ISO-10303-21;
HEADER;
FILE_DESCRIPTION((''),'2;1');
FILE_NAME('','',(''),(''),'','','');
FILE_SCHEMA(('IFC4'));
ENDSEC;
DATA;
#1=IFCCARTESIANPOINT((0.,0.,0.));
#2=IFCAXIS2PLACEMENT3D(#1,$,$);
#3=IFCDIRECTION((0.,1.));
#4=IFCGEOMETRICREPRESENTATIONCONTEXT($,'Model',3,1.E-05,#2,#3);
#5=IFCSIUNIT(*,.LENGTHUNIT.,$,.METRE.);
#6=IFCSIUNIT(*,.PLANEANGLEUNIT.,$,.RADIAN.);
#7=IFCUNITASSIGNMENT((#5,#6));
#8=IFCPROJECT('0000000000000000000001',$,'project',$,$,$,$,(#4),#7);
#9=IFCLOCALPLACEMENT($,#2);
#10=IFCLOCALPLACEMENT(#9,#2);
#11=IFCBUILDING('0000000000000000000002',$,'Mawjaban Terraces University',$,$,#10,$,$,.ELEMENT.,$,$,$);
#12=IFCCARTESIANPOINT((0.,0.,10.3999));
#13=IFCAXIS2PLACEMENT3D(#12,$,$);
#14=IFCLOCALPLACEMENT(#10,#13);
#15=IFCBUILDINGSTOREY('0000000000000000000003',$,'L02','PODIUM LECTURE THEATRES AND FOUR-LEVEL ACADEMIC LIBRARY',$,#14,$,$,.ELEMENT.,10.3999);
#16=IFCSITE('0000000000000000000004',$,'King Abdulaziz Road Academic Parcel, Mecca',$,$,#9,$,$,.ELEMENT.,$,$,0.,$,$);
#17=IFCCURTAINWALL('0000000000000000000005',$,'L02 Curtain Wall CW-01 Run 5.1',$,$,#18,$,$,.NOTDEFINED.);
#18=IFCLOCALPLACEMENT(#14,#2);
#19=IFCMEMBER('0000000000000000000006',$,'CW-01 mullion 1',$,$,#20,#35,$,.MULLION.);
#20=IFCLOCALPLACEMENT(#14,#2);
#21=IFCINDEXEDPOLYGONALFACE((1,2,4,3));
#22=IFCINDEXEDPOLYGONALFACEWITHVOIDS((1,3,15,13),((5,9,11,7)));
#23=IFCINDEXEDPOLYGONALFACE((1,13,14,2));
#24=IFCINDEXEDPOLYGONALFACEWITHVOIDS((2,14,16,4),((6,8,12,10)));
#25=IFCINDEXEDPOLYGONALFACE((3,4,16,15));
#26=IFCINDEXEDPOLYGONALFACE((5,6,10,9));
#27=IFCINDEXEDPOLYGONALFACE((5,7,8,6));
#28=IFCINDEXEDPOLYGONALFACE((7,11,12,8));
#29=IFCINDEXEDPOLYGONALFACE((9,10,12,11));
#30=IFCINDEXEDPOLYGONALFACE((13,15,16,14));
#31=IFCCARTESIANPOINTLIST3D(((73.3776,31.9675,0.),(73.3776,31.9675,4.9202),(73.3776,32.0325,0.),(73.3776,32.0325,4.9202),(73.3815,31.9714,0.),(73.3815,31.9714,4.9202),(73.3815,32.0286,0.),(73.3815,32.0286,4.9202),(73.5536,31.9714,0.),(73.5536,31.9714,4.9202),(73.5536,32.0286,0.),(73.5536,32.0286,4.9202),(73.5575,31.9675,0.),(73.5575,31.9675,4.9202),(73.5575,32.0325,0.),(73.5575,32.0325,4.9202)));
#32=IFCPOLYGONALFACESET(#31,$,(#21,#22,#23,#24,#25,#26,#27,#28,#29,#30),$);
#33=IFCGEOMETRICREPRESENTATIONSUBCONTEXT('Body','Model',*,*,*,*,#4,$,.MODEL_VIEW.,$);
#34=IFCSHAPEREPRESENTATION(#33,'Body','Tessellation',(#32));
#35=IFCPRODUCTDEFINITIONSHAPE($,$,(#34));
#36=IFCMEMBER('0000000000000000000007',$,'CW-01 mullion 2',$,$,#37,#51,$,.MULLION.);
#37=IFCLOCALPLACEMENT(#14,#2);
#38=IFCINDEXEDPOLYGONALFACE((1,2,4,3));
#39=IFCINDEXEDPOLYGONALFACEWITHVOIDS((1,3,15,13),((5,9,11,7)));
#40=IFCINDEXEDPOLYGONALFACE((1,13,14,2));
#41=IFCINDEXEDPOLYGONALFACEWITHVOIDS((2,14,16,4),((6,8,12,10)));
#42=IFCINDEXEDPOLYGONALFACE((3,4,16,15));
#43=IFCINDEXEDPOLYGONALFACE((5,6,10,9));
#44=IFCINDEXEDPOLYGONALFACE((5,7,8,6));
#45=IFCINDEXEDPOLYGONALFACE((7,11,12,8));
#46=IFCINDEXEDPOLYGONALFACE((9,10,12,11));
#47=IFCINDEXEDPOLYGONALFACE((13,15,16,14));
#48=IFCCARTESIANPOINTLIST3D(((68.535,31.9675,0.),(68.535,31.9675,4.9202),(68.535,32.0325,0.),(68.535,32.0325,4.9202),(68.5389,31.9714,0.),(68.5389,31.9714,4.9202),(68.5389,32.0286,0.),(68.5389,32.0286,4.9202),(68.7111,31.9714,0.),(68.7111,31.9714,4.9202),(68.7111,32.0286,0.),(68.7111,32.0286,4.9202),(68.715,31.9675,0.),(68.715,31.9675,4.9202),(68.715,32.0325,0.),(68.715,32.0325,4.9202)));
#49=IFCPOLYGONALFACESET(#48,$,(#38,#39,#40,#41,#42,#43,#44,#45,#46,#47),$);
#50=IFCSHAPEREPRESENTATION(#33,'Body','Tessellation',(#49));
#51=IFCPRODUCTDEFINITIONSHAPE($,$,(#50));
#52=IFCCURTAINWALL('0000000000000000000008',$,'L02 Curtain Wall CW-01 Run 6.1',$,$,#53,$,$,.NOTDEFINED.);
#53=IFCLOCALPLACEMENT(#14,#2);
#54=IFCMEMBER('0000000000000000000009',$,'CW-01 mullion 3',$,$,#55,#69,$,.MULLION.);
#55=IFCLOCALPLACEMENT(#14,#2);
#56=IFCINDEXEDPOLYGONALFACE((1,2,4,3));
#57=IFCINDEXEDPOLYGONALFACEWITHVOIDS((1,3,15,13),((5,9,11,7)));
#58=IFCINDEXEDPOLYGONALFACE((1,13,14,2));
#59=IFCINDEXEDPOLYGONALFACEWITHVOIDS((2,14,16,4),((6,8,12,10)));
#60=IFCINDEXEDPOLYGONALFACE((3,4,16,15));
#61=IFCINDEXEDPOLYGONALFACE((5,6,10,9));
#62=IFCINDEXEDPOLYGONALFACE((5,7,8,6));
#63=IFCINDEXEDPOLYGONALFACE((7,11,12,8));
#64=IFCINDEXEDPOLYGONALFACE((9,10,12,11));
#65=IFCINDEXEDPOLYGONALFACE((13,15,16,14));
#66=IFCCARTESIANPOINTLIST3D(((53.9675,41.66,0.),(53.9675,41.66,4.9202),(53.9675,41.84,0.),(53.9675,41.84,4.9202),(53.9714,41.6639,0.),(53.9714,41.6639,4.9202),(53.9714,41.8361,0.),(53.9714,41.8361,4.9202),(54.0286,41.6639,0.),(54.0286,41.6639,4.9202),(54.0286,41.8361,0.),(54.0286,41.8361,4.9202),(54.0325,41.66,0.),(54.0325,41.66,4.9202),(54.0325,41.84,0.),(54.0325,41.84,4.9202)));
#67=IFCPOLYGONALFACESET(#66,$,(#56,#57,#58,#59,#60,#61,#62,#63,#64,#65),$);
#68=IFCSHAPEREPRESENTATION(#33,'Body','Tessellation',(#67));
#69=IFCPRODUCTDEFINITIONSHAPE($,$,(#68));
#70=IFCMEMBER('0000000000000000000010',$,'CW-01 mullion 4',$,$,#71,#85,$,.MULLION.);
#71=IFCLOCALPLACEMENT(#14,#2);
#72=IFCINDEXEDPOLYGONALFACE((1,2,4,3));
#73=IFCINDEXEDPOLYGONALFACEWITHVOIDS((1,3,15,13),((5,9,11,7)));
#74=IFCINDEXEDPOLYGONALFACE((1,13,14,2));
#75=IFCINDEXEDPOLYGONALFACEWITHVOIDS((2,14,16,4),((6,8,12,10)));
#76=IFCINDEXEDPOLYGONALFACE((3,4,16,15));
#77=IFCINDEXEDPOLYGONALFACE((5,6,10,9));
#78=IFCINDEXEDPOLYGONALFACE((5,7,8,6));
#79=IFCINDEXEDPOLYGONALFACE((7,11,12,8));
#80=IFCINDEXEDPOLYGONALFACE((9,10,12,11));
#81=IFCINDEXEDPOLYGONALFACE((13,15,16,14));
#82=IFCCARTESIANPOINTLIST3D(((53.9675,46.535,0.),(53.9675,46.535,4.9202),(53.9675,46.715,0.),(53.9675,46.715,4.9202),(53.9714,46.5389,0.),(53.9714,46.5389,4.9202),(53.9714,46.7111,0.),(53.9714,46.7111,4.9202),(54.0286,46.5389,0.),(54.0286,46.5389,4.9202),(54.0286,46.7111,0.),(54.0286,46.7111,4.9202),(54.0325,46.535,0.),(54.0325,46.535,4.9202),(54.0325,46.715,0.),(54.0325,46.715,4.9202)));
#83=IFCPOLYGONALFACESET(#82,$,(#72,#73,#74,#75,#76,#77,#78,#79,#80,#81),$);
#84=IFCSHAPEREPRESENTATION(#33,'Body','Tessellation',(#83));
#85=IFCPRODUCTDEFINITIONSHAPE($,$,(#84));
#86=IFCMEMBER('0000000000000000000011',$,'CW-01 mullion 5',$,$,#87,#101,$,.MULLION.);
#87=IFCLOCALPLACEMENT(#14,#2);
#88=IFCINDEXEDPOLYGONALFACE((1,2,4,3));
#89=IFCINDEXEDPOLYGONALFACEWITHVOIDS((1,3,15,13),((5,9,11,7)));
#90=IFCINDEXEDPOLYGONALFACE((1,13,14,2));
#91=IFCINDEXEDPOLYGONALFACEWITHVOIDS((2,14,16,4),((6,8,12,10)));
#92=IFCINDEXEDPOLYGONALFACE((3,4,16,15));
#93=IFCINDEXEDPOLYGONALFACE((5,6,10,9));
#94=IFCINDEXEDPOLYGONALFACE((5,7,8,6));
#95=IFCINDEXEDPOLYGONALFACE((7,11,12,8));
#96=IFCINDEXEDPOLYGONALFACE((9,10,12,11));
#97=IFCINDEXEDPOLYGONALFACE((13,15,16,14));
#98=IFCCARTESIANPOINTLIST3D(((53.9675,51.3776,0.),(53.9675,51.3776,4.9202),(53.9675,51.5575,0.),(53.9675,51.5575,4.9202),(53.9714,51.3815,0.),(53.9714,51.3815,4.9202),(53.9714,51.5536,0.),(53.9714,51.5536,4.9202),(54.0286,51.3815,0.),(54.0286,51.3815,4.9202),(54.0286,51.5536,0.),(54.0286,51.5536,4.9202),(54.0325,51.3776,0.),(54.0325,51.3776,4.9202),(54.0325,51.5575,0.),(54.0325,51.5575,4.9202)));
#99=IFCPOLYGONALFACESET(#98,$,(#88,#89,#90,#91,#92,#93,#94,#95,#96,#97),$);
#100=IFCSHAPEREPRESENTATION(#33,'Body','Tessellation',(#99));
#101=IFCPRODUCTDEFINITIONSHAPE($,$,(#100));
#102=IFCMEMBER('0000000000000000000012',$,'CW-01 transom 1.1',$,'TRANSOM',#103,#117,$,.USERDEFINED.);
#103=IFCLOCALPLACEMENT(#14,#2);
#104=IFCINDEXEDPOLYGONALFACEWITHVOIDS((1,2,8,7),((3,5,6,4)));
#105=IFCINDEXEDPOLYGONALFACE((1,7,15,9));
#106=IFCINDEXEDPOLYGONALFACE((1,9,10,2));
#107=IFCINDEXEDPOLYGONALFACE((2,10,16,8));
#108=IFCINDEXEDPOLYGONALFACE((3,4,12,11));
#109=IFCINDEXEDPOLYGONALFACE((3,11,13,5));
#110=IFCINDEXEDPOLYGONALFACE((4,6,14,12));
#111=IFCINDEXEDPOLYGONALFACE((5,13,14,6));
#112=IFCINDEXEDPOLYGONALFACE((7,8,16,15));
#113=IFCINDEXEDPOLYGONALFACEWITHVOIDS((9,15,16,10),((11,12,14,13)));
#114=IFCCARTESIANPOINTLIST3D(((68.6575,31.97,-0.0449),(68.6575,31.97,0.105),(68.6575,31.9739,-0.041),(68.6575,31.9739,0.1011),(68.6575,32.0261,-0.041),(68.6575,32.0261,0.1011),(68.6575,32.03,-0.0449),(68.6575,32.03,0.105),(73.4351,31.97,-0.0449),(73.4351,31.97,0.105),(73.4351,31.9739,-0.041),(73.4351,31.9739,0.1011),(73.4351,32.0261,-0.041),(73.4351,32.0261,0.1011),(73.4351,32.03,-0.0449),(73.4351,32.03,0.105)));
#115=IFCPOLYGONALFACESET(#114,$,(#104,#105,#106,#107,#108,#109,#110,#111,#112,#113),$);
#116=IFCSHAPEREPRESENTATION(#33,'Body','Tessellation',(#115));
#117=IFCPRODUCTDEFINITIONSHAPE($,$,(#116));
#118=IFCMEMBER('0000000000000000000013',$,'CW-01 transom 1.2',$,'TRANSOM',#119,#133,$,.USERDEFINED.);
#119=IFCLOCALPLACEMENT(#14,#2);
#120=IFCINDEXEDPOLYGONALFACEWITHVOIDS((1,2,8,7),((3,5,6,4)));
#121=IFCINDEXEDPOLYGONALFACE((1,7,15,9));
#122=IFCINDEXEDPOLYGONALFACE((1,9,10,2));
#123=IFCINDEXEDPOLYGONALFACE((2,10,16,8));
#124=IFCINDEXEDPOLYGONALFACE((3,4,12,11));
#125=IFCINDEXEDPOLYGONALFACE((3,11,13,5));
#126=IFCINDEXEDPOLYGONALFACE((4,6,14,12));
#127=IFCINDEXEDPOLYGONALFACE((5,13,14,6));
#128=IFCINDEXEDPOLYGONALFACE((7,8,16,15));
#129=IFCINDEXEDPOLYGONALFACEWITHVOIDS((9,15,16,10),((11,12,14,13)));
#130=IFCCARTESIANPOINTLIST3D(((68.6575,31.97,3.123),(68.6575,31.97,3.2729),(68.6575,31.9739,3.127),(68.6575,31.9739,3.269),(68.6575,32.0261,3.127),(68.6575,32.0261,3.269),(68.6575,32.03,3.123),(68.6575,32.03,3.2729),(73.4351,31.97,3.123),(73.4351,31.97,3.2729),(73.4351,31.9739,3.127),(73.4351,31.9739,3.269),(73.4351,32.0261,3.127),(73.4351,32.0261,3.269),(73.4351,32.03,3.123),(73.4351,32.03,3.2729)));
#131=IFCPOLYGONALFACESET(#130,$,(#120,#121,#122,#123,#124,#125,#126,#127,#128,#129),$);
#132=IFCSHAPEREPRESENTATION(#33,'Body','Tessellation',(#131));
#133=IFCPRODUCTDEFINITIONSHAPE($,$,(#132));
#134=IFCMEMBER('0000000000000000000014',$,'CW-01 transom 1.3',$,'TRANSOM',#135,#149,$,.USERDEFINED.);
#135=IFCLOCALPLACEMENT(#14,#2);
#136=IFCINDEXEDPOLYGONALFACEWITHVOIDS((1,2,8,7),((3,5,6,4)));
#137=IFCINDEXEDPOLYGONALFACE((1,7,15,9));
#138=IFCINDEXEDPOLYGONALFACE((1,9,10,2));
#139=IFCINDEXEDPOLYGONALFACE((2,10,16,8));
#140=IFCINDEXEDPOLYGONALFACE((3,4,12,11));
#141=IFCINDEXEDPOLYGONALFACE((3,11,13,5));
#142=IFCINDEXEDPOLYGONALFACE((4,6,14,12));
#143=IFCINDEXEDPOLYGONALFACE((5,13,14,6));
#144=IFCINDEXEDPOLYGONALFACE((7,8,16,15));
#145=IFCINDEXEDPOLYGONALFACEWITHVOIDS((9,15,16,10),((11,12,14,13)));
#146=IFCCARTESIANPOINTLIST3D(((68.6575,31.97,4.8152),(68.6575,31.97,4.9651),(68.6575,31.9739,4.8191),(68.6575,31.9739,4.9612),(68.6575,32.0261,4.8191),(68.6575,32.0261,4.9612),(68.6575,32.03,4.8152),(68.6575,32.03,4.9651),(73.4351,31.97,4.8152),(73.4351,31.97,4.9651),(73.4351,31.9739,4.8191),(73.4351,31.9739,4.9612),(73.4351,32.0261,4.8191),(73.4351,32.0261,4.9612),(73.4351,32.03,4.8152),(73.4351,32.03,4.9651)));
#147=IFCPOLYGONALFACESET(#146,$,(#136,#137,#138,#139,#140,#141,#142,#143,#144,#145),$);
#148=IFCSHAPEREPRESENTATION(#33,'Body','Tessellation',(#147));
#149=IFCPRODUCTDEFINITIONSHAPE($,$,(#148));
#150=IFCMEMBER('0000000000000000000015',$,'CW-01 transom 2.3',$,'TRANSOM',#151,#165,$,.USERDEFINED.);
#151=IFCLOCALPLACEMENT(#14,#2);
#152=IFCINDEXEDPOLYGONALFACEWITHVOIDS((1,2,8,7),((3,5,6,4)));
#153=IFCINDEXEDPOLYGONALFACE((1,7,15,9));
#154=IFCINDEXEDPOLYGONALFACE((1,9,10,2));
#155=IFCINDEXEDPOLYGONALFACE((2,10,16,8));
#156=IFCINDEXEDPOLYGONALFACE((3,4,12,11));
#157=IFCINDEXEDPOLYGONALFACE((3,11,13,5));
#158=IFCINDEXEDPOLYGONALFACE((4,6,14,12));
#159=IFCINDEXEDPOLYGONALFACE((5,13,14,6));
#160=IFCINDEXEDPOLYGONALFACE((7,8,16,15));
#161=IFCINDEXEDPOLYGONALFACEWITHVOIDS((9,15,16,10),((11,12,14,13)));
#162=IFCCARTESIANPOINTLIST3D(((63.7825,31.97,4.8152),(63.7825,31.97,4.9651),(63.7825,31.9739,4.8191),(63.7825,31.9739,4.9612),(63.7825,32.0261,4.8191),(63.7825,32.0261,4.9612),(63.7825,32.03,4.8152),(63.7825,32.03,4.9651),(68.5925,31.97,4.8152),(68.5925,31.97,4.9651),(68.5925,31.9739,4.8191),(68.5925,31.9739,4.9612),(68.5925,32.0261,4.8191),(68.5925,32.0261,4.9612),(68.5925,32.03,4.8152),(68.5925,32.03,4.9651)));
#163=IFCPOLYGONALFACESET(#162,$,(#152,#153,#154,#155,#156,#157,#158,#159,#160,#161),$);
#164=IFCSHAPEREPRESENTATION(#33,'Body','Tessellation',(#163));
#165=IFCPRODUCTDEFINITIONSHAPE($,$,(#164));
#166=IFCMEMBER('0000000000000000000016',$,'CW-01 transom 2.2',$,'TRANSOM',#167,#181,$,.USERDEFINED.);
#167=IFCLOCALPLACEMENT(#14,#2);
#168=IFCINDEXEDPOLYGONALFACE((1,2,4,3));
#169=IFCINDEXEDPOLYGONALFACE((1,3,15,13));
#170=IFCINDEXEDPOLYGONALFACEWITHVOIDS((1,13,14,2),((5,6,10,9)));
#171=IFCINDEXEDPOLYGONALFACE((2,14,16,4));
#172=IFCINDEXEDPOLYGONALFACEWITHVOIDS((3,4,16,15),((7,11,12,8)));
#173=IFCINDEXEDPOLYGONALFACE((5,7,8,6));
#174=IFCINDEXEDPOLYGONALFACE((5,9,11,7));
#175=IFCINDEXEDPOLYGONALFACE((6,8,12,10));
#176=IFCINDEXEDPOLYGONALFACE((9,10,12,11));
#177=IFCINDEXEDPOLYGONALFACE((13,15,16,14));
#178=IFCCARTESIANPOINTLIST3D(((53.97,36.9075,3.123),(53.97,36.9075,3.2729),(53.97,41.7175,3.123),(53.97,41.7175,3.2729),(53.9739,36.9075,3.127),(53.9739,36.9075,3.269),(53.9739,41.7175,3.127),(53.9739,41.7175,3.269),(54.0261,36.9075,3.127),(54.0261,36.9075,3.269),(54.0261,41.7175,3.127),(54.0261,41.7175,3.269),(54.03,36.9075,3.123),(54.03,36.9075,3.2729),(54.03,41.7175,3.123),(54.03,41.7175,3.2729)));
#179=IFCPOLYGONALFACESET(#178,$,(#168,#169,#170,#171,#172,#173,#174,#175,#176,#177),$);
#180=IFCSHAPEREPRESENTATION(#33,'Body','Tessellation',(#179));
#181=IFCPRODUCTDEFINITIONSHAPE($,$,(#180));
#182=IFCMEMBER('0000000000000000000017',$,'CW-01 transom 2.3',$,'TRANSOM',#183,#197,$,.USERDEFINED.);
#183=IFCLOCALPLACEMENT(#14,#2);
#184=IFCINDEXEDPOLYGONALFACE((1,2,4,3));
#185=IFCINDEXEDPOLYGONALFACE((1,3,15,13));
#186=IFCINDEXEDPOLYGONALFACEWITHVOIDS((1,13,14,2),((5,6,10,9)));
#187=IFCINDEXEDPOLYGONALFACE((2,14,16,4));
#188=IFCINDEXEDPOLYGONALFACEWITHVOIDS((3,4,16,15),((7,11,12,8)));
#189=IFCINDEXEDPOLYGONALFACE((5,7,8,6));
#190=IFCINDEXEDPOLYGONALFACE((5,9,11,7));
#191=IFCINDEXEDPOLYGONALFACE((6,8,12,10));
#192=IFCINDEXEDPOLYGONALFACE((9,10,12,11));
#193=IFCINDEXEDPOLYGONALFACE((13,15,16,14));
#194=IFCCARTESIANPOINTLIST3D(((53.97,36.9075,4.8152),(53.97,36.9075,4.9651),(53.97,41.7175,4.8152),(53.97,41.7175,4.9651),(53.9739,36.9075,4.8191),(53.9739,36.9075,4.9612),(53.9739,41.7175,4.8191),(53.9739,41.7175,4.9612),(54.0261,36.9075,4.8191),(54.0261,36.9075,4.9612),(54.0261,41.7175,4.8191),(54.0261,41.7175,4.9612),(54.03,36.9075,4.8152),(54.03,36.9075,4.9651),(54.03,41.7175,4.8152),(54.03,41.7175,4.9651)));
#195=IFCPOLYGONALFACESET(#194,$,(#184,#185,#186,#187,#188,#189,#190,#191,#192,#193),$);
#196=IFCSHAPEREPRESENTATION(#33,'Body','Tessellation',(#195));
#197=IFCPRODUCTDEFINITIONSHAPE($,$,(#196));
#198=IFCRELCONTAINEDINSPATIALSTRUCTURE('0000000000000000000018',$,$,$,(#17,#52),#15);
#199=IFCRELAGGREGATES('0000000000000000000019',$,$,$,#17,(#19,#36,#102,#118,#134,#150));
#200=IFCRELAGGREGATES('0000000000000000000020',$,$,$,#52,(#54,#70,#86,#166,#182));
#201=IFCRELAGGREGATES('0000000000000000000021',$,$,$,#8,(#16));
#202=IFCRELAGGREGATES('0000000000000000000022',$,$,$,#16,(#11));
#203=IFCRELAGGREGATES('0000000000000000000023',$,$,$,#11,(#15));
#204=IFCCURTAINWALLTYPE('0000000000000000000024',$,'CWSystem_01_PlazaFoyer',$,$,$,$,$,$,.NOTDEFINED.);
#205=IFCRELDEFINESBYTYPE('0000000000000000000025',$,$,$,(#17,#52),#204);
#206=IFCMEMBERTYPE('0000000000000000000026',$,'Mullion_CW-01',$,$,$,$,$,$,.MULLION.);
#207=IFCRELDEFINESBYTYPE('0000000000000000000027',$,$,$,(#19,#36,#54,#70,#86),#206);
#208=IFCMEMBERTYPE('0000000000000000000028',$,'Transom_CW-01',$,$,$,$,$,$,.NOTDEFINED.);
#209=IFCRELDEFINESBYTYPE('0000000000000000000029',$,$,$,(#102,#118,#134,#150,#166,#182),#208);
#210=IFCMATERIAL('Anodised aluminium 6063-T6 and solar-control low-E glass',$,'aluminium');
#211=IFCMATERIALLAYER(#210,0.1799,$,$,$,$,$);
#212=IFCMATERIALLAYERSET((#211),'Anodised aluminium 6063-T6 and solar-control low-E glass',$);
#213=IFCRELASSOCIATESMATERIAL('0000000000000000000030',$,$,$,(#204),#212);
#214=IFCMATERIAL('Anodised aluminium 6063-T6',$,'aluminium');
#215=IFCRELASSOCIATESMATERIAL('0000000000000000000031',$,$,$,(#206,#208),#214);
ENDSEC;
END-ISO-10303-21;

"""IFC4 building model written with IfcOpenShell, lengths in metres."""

from ifc_helpers import new_model, si_unit, direction, frame, origin, origin_2d, place, context, subcontext, project, spatial, hollow_rectangle, extrude, material, layer, layer_set, material_profile, profile_set, type_object, element, aggregate, save


model = new_model("IFC4")

# Units and contexts
model_context = context("Model", 3, precision=1e-05, world=origin(), true_north=direction((0.0, 1.0)))
body_context = subcontext(model_context, "Body", "Model", "MODEL_VIEW")
ifc_project = project(units=[si_unit("LENGTHUNIT", "METRE"), si_unit("PLANEANGLEUNIT", "RADIAN")], contexts=[model_context])

# Site, building, storey
site_placement = place(None, origin())
site = spatial("IfcSite", under=ifc_project, at=site_placement, Name="King Abdulaziz Road Academic Parcel, Mecca", CompositionType="ELEMENT", RefElevation=0.0)
building_placement = place(site_placement, origin())
building = spatial("IfcBuilding", under=site, at=building_placement, Name="Mawjaban Terraces University", CompositionType="ELEMENT")
storey_placement = place(building_placement, frame((0.0, 0.0, 10.3999)))
storey = spatial("IfcBuildingStorey", under=building, at=storey_placement, Name="L02", Description="PODIUM LECTURE THEATRES AND FOUR-LEVEL ACADEMIC LIBRARY", CompositionType="ELEMENT", Elevation=10.3999)

# Curtain walls, members
ifc_material_1 = material(Name="Anodised aluminium 6063-T6 and solar-control low-E glass", Category="aluminium")
ifc_layer_1 = layer(ifc_material_1, 0.1799)
ifc_layer_set_1 = layer_set([ifc_layer_1], Name="Anodised aluminium 6063-T6 and solar-control low-E glass")
curtain_wall_type = type_object("IfcCurtainWallType", Name="CWSystem_01_PlazaFoyer", PredefinedType="NOTDEFINED", material=ifc_layer_set_1)
curtain_wall_1_placement = place(storey_placement, origin())
curtain_wall_1 = element("IfcCurtainWall", 1, at=curtain_wall_1_placement, inside=storey, type_object=curtain_wall_type, Name="L02 Curtain Wall CW-01 Run 5.1", PredefinedType="NOTDEFINED")
ifc_material_2 = material(Name="Anodised aluminium 6063-T6", Category="aluminium")
ifc_material_profile_1 = material_profile(ifc_material_2, hollow_rectangle(XDim=0.0649, YDim=0.1799, WallThickness=0.0039, at=origin_2d()), Name="ALU180X65X4")
ifc_profile_set_1 = profile_set([ifc_material_profile_1], Name="Anodised aluminium 6063-T6")
member_type_1 = type_object("IfcMemberType", Name="Mullion_CW-01", PredefinedType="MULLION", material=ifc_profile_set_1)
member_1_placement = place(storey_placement, frame((73.4675, 32.0, 0.0), z_axis=(0.0, 0.0, 1.0), x_axis=(0.0, -1.0, 0.0)))
member_1 = element("IfcMember", 2, at=member_1_placement, type_object=member_type_1, Name="CW-01 mullion 1", PredefinedType="MULLION", context=body_context, shape_type="SweptSolid", body=[
    extrude(hollow_rectangle(XDim=0.0649, YDim=0.1799, WallThickness=0.0039, at=origin_2d()), origin(), (0.0, 0.0, 1.0), 4.9202),
])
member_2_placement = place(storey_placement, frame((68.625, 32.0, 0.0), z_axis=(0.0, 0.0, 1.0), x_axis=(0.0, -1.0, 0.0)))
member_2 = element("IfcMember", 3, at=member_2_placement, type_object=member_type_1, Name="CW-01 mullion 2", PredefinedType="MULLION", context=body_context, shape_type="SweptSolid", body=[
    extrude(hollow_rectangle(XDim=0.0649, YDim=0.1799, WallThickness=0.0039, at=origin_2d()), origin(), (0.0, 0.0, 1.0), 4.9202),
])
curtain_wall_2_placement = place(storey_placement, origin())
curtain_wall_2 = element("IfcCurtainWall", 4, at=curtain_wall_2_placement, inside=storey, type_object=curtain_wall_type, Name="L02 Curtain Wall CW-01 Run 6.1", PredefinedType="NOTDEFINED")
member_3_placement = place(storey_placement, frame((54.0, 41.75, 0.0), z_axis=(0.0, 0.0, 1.0), x_axis=(-1.0, 0.0, 0.0)))
member_3 = element("IfcMember", 5, at=member_3_placement, type_object=member_type_1, Name="CW-01 mullion 3", PredefinedType="MULLION", context=body_context, shape_type="SweptSolid", body=[
    extrude(hollow_rectangle(XDim=0.0649, YDim=0.1799, WallThickness=0.0039, at=origin_2d()), origin(), (0.0, 0.0, 1.0), 4.9202),
])
member_4_placement = place(storey_placement, frame((54.0, 46.625, 0.0), z_axis=(0.0, 0.0, 1.0), x_axis=(-1.0, 0.0, 0.0)))
member_4 = element("IfcMember", 6, at=member_4_placement, type_object=member_type_1, Name="CW-01 mullion 4", PredefinedType="MULLION", context=body_context, shape_type="SweptSolid", body=[
    extrude(hollow_rectangle(XDim=0.0649, YDim=0.1799, WallThickness=0.0039, at=origin_2d()), origin(), (0.0, 0.0, 1.0), 4.9202),
])
member_5_placement = place(storey_placement, frame((54.0, 51.4675, 0.0), z_axis=(0.0, 0.0, 1.0), x_axis=(-1.0, 0.0, 0.0)))
member_5 = element("IfcMember", 7, at=member_5_placement, type_object=member_type_1, Name="CW-01 mullion 5", PredefinedType="MULLION", context=body_context, shape_type="SweptSolid", body=[
    extrude(hollow_rectangle(XDim=0.0649, YDim=0.1799, WallThickness=0.0039, at=origin_2d()), origin(), (0.0, 0.0, 1.0), 4.9202),
])

# Members
ifc_material_profile_2 = material_profile(ifc_material_2, hollow_rectangle(XDim=0.0601, YDim=0.1499, WallThickness=0.0039, at=origin_2d()), Name="ALU150X60X4")
ifc_profile_set_2 = profile_set([ifc_material_profile_2], Name="Anodised aluminium 6063-T6")
member_type_2 = type_object("IfcMemberType", Name="Transom_CW-01", PredefinedType="NOTDEFINED", material=ifc_profile_set_2)
member_6_placement = place(storey_placement, frame((73.4351, 32.0, 0.03), z_axis=(-1.0, 0.0, 0.0), x_axis=(0.0, -1.0, 0.0)))
member_6 = element("IfcMember", 8, at=member_6_placement, type_object=member_type_2, Name="CW-01 transom 1.1", ObjectType="TRANSOM", PredefinedType="USERDEFINED", context=body_context, shape_type="SweptSolid", body=[
    extrude(hollow_rectangle(XDim=0.0601, YDim=0.1499, WallThickness=0.0039, at=origin_2d()), origin(), (0.0, 0.0, 1.0), 4.7776),
])
member_7_placement = place(storey_placement, frame((73.4351, 32.0, 3.198), z_axis=(-1.0, 0.0, 0.0), x_axis=(0.0, -1.0, 0.0)))
member_7 = element("IfcMember", 9, at=member_7_placement, type_object=member_type_2, Name="CW-01 transom 1.2", ObjectType="TRANSOM", PredefinedType="USERDEFINED", context=body_context, shape_type="SweptSolid", body=[
    extrude(hollow_rectangle(XDim=0.0601, YDim=0.1499, WallThickness=0.0039, at=origin_2d()), origin(), (0.0, 0.0, 1.0), 4.7776),
])
member_8_placement = place(storey_placement, frame((73.4351, 32.0, 4.8901), z_axis=(-1.0, 0.0, 0.0), x_axis=(0.0, -1.0, 0.0)))
member_8 = element("IfcMember", 10, at=member_8_placement, type_object=member_type_2, Name="CW-01 transom 1.3", ObjectType="TRANSOM", PredefinedType="USERDEFINED", context=body_context, shape_type="SweptSolid", body=[
    extrude(hollow_rectangle(XDim=0.0601, YDim=0.1499, WallThickness=0.0039, at=origin_2d()), origin(), (0.0, 0.0, 1.0), 4.7776),
])
member_9_placement = place(storey_placement, frame((68.5925, 32.0, 4.8901), z_axis=(-1.0, 0.0, 0.0), x_axis=(0.0, -1.0, 0.0)))
member_9 = element("IfcMember", 11, at=member_9_placement, type_object=member_type_2, Name="CW-01 transom 2.3", ObjectType="TRANSOM", PredefinedType="USERDEFINED", context=body_context, shape_type="SweptSolid", body=[
    extrude(hollow_rectangle(XDim=0.0601, YDim=0.1499, WallThickness=0.0039, at=origin_2d()), origin(), (0.0, 0.0, 1.0), 4.8101),
])
member_10_placement = place(storey_placement, frame((54.0, 36.9075, 3.198), z_axis=(0.0, 1.0, 0.0), x_axis=(-1.0, 0.0, 0.0)))
member_10 = element("IfcMember", 12, at=member_10_placement, type_object=member_type_2, Name="CW-01 transom 2.2", ObjectType="TRANSOM", PredefinedType="USERDEFINED", context=body_context, shape_type="SweptSolid", body=[
    extrude(hollow_rectangle(XDim=0.0601, YDim=0.1499, WallThickness=0.0039, at=origin_2d()), origin(), (0.0, 0.0, 1.0), 4.8101),
])
member_11_placement = place(storey_placement, frame((54.0, 36.9075, 4.8901), z_axis=(0.0, 1.0, 0.0), x_axis=(-1.0, 0.0, 0.0)))
member_11 = element("IfcMember", 13, at=member_11_placement, type_object=member_type_2, Name="CW-01 transom 2.3", ObjectType="TRANSOM", PredefinedType="USERDEFINED", context=body_context, shape_type="SweptSolid", body=[
    extrude(hollow_rectangle(XDim=0.0601, YDim=0.1499, WallThickness=0.0039, at=origin_2d()), origin(), (0.0, 0.0, 1.0), 4.8101),
])

aggregate(curtain_wall_1, [member_1, member_2, member_6, member_7, member_8, member_9])
aggregate(curtain_wall_2, [member_3, member_4, member_5, member_10, member_11])

save(model, "model.ifc")
